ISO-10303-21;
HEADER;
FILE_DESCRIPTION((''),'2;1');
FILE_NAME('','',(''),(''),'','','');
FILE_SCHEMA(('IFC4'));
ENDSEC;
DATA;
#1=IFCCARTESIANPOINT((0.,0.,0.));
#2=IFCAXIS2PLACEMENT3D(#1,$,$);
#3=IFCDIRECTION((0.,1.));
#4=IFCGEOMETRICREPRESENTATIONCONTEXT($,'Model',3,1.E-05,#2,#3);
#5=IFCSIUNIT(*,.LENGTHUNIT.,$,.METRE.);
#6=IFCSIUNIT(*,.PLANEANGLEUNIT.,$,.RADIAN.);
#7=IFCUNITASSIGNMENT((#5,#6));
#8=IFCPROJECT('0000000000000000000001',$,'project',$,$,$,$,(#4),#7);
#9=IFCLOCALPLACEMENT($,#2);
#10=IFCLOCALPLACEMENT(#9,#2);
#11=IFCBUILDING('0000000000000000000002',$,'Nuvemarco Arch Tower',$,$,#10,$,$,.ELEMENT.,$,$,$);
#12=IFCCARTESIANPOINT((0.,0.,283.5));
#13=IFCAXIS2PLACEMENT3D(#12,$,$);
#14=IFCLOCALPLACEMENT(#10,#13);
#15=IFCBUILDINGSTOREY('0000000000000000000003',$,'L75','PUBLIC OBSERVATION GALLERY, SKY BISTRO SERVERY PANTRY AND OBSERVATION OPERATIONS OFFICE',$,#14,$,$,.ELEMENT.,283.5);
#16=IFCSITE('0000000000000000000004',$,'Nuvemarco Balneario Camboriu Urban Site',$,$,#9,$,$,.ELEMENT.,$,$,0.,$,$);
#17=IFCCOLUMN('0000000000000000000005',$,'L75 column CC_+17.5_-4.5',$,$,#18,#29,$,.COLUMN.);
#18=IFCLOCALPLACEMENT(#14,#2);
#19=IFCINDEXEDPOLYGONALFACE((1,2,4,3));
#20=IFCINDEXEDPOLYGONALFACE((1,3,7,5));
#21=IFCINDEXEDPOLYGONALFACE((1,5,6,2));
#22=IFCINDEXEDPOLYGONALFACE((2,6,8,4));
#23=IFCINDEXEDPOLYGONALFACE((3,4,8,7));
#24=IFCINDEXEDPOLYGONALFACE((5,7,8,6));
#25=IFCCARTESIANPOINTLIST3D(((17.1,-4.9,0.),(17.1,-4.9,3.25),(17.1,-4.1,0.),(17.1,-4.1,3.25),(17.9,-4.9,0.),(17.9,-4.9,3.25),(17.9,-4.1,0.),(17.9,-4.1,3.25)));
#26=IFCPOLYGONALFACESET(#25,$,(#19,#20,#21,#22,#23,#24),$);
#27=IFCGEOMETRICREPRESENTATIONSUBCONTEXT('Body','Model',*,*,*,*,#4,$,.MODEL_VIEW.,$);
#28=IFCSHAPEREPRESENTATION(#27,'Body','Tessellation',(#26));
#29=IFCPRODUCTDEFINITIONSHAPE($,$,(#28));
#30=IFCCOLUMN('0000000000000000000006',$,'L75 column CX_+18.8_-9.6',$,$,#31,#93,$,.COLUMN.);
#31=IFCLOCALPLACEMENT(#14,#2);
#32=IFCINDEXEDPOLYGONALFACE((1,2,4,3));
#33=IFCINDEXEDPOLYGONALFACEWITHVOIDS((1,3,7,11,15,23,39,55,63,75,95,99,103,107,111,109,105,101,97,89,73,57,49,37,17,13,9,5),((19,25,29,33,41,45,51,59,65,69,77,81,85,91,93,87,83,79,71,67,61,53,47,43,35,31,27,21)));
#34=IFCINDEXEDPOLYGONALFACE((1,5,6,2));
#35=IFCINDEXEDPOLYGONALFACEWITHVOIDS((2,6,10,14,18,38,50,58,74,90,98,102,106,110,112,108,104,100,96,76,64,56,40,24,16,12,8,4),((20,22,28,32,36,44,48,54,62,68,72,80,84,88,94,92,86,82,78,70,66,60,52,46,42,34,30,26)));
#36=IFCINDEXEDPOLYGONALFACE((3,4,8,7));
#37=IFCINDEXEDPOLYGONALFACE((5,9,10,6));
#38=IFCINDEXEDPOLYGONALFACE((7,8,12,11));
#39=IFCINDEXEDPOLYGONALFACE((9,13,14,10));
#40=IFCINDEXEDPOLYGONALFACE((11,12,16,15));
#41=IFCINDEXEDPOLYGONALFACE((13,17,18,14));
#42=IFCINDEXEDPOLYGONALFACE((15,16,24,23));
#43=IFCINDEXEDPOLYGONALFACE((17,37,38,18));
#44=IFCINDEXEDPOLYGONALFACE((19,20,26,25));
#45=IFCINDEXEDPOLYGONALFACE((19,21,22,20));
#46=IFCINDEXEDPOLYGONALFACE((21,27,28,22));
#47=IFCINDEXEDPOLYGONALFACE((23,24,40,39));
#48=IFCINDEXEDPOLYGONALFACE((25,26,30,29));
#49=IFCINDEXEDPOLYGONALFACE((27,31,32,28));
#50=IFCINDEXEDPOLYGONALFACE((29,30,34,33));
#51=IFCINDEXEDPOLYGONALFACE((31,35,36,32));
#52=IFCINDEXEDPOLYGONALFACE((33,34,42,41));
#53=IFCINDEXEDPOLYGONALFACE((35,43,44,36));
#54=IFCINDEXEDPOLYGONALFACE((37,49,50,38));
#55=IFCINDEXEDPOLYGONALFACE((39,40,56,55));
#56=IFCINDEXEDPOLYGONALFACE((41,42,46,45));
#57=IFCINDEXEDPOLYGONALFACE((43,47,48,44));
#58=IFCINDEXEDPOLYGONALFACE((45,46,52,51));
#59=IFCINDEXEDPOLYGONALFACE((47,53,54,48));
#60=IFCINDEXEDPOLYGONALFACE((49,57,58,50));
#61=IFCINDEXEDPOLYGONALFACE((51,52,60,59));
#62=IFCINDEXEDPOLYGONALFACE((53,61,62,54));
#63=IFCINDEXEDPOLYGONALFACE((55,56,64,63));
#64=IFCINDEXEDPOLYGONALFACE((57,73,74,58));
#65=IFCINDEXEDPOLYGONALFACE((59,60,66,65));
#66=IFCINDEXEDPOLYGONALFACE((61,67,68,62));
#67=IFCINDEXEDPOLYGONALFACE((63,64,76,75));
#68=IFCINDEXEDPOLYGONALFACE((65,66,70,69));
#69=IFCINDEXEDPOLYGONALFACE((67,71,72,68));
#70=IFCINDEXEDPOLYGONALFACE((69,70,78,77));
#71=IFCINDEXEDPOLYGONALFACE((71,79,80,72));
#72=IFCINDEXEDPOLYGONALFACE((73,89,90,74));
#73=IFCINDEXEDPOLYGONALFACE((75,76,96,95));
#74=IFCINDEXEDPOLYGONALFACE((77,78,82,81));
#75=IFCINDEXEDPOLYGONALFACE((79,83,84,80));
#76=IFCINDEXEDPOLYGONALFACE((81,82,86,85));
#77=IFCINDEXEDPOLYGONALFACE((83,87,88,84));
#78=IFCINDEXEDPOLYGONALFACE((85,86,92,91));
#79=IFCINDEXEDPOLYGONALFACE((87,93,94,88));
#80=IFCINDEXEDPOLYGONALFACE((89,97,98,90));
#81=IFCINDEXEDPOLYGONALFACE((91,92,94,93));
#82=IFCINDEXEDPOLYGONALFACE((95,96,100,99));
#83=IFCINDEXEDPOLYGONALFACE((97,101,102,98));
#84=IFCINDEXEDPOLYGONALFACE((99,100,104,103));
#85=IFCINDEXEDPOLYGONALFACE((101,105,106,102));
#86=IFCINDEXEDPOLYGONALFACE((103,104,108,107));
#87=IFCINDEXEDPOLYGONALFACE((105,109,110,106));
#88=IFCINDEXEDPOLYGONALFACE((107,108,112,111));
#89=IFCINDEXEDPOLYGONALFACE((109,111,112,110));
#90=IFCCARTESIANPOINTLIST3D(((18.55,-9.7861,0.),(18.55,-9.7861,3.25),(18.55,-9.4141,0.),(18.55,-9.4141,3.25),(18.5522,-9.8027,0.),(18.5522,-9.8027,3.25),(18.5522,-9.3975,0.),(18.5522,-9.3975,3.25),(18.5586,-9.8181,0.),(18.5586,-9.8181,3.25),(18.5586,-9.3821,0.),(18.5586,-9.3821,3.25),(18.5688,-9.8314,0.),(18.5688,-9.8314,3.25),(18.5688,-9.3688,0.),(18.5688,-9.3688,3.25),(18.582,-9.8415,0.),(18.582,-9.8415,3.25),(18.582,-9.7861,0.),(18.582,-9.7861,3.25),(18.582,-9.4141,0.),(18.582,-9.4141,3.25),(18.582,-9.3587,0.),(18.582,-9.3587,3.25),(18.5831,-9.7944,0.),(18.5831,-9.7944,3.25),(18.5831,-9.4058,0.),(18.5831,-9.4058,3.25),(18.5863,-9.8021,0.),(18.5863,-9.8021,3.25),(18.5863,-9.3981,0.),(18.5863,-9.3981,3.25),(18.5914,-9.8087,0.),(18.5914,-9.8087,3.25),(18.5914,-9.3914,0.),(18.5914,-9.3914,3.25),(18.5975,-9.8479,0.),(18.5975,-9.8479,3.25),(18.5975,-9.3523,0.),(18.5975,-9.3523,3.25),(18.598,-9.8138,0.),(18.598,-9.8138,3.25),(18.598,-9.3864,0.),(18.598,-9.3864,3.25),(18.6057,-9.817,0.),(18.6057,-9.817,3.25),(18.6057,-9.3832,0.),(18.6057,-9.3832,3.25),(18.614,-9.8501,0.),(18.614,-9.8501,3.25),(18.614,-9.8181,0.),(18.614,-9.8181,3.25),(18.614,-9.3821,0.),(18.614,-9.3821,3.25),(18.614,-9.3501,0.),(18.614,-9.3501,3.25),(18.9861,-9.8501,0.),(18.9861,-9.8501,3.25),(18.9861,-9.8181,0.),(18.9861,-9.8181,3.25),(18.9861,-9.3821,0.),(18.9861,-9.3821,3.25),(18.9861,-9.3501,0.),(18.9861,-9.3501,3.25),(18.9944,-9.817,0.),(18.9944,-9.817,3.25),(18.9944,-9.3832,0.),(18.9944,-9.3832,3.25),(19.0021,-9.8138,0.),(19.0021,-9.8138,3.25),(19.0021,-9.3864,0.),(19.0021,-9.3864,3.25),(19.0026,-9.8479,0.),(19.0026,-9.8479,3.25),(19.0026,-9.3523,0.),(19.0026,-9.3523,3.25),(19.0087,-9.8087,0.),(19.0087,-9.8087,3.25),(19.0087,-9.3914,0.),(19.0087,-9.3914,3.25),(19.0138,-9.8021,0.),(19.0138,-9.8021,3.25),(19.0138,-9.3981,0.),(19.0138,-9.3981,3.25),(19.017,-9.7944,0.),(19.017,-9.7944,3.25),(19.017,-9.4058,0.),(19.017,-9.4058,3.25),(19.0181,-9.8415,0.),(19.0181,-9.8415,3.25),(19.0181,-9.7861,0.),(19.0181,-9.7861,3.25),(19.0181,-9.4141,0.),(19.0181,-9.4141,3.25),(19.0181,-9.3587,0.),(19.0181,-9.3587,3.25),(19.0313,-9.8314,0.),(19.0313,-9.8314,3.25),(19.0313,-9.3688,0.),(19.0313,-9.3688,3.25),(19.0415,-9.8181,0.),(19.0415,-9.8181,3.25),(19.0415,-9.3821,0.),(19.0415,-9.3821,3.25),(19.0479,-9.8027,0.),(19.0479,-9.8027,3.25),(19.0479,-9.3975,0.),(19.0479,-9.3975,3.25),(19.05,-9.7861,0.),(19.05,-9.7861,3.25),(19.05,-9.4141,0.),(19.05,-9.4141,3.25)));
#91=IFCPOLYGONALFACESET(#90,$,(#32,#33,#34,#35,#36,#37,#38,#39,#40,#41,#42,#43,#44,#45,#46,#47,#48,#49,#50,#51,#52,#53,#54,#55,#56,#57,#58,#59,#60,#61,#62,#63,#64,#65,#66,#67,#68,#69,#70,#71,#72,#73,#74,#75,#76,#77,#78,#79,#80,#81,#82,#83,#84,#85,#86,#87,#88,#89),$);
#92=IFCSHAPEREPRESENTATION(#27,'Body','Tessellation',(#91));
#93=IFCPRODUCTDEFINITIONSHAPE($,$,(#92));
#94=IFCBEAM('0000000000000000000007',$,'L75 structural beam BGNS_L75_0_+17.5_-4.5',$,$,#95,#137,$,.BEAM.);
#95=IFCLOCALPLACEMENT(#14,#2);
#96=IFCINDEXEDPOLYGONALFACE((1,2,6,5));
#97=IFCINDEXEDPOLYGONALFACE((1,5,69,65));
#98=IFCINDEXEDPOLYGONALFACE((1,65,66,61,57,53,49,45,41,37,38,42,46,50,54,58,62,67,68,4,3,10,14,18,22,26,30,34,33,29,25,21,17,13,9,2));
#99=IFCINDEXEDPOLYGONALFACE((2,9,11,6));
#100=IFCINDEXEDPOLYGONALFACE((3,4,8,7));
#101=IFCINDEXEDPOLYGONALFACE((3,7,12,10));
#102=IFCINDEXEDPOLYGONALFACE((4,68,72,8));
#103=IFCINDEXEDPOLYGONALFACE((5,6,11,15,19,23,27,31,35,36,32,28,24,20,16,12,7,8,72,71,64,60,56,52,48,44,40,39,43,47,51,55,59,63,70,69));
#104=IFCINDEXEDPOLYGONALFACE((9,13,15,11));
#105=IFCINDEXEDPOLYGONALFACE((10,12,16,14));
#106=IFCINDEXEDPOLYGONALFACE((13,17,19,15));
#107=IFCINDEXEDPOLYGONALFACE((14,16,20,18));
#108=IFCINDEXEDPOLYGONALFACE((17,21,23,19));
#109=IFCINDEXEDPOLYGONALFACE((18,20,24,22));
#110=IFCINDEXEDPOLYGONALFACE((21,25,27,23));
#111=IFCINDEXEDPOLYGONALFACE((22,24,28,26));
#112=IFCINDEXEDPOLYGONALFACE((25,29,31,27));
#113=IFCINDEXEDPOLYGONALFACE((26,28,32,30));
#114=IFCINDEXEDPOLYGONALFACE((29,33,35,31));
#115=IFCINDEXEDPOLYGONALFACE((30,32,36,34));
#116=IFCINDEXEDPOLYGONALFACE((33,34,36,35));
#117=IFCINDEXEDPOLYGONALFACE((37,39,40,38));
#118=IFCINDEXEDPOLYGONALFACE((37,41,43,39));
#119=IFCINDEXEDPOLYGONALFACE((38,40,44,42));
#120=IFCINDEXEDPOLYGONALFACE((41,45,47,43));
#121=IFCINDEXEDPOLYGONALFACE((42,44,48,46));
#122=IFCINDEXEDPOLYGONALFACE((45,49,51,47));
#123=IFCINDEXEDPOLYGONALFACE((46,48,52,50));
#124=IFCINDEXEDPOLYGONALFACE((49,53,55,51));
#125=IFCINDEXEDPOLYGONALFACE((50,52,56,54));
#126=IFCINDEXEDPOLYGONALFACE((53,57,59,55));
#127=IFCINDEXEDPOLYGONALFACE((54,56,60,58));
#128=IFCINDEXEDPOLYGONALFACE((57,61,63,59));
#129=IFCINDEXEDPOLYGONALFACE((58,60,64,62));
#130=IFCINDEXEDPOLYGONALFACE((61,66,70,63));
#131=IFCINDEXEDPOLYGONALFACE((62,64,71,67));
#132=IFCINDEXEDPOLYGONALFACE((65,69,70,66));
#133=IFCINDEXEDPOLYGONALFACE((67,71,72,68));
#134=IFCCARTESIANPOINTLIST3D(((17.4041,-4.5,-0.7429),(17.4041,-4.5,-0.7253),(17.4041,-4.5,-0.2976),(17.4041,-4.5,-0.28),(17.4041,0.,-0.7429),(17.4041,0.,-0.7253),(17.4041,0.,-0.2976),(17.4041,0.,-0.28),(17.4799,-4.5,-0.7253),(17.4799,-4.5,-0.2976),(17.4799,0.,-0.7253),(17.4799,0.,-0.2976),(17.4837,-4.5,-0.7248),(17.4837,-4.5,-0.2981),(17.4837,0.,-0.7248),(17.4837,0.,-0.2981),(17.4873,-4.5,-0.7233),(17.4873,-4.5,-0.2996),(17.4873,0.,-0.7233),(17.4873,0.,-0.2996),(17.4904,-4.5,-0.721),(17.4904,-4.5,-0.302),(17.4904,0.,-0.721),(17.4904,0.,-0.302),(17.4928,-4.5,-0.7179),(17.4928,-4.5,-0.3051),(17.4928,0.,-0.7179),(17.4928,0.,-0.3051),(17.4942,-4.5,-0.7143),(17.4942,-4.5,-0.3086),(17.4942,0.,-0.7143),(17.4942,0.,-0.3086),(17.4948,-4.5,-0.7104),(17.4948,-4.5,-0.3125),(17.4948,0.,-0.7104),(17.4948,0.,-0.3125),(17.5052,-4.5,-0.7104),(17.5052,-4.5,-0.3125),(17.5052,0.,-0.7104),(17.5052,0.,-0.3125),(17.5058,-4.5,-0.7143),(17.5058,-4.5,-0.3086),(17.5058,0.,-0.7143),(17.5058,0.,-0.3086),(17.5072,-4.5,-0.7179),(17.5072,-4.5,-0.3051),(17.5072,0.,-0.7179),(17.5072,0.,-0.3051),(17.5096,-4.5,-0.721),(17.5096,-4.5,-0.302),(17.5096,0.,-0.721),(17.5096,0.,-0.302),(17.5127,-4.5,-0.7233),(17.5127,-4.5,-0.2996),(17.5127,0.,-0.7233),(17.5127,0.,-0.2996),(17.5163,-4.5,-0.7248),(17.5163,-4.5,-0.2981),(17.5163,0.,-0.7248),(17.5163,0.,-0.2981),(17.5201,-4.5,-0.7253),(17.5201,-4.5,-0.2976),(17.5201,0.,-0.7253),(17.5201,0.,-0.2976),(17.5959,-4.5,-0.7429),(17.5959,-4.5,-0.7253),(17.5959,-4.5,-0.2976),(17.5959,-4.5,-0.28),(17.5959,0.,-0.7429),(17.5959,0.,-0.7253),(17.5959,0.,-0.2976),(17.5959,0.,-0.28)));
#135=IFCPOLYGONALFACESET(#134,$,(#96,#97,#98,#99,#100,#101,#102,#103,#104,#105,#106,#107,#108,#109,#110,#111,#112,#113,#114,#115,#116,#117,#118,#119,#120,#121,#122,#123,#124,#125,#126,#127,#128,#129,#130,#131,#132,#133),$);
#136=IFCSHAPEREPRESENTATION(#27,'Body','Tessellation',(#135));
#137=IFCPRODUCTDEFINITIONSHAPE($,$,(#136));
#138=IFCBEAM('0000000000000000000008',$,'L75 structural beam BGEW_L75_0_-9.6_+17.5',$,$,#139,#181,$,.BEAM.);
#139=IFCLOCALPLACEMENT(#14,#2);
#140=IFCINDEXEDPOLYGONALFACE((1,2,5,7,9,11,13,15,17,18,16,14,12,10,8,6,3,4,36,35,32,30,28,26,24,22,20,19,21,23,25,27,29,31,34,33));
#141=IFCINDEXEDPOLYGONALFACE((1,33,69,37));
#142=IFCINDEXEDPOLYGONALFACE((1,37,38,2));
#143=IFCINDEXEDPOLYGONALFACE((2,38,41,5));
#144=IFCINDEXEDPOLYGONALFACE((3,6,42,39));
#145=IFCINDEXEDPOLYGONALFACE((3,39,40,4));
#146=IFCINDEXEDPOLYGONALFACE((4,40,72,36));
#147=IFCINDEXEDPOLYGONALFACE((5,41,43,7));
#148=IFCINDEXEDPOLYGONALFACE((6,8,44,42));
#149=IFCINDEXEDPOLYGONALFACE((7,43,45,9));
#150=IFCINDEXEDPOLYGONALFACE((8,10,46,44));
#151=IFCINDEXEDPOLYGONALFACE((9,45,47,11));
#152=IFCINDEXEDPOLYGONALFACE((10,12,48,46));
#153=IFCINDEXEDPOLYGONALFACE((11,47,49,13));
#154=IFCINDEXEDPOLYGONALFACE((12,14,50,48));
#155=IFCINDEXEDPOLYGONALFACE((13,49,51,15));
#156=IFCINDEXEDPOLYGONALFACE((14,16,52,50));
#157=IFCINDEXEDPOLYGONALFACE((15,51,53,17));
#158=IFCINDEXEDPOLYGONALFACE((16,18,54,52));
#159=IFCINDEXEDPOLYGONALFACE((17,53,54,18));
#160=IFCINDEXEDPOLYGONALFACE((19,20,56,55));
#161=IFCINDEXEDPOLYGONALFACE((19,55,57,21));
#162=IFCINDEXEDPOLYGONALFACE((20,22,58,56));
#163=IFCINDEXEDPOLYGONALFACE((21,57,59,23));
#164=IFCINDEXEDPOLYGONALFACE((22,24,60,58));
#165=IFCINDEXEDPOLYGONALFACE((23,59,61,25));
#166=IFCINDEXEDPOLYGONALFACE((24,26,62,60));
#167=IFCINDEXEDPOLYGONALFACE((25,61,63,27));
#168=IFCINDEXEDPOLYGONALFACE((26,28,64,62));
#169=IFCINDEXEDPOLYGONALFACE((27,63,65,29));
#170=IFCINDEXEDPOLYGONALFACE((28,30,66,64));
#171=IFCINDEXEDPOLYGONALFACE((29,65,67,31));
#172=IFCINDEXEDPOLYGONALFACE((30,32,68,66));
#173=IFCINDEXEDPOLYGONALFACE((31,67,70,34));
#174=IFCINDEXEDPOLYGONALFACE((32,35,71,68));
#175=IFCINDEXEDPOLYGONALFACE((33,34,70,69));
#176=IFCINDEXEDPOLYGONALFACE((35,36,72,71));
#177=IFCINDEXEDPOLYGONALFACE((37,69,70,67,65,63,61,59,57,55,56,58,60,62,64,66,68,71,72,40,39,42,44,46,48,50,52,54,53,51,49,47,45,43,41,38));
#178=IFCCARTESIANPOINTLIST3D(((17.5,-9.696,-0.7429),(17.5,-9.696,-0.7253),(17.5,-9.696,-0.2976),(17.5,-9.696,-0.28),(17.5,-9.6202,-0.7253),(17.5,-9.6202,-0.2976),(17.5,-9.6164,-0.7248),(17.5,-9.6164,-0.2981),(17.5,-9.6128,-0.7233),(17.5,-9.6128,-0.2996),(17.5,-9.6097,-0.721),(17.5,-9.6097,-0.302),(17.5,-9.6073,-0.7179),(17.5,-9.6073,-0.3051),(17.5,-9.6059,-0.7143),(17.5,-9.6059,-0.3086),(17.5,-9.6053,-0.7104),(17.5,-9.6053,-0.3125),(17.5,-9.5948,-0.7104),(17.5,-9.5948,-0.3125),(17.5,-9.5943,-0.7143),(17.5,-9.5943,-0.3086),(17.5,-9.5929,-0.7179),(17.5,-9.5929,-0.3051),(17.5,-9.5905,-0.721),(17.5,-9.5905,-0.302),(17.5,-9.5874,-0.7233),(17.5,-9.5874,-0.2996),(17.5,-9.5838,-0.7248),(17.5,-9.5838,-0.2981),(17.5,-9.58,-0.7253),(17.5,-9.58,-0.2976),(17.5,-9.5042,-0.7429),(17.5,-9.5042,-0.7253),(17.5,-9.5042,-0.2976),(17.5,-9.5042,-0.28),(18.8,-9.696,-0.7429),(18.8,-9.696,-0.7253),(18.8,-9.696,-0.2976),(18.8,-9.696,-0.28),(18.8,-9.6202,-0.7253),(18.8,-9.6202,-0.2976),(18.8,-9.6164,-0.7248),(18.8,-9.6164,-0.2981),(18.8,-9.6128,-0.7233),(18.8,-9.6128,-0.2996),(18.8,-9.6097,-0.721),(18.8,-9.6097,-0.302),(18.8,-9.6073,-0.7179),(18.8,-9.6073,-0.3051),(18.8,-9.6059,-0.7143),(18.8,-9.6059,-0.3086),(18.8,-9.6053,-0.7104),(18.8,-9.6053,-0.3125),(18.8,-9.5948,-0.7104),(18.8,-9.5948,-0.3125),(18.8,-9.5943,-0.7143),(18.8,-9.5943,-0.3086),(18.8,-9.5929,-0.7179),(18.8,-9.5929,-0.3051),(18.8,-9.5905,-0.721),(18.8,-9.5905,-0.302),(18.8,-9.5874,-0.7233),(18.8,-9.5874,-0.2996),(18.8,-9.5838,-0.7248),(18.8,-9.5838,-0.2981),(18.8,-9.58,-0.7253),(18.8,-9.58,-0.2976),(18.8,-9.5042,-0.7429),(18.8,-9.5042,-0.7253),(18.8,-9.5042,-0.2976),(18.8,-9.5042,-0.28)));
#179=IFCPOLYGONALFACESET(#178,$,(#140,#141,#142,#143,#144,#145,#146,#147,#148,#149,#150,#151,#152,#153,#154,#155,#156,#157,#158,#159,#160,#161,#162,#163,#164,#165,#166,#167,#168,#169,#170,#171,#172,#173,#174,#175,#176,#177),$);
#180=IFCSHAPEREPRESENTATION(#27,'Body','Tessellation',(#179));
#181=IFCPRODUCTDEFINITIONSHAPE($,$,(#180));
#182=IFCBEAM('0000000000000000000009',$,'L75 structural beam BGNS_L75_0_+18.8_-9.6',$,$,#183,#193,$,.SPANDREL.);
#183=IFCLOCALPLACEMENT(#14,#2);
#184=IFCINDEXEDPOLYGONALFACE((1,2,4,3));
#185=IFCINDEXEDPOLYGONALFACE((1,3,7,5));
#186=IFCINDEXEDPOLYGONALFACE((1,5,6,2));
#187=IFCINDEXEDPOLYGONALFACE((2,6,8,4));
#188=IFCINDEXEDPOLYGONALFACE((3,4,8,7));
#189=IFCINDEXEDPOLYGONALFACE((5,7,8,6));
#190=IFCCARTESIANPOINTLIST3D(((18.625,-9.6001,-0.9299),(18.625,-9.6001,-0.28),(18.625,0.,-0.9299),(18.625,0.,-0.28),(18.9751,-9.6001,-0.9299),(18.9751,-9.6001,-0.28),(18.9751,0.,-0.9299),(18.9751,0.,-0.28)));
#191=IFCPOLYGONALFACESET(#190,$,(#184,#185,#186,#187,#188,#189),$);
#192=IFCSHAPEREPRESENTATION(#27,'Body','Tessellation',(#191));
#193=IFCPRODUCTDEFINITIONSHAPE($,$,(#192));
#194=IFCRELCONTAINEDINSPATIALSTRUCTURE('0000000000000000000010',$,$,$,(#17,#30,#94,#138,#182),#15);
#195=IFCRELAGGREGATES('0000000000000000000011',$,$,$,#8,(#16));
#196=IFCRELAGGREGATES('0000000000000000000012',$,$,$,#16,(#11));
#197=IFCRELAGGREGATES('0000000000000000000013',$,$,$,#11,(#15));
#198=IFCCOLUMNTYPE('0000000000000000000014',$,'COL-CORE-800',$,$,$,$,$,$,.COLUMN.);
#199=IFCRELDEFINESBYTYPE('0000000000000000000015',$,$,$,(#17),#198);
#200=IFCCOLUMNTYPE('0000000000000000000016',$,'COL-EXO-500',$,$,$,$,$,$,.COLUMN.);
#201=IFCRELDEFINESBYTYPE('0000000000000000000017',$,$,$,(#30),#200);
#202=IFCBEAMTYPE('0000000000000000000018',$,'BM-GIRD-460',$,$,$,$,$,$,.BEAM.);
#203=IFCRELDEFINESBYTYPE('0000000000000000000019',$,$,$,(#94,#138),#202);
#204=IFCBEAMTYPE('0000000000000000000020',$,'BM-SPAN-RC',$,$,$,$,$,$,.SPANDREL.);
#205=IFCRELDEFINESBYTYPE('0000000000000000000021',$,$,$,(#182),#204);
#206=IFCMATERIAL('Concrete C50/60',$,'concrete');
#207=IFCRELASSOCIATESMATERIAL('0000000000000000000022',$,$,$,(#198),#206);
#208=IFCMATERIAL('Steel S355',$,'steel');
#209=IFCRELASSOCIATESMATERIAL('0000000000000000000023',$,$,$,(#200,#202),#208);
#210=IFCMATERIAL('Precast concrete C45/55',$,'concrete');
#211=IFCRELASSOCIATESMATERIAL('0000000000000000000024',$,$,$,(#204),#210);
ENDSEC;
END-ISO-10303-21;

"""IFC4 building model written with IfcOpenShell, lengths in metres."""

from ifc_helpers import new_model, si_unit, direction, frame, origin, origin_2d, place, context, subcontext, project, spatial, rectangle, hollow_rectangle, i_section, extrude, material, material_profile, profile_set, type_object, element, save


model = new_model("IFC4")

# Units and contexts
model_context = context("Model", 3, precision=1e-05, world=origin(), true_north=direction((0.0, 1.0)))
body_context = subcontext(model_context, "Body", "Model", "MODEL_VIEW")
ifc_project = project(units=[si_unit("LENGTHUNIT", "METRE"), si_unit("PLANEANGLEUNIT", "RADIAN")], contexts=[model_context])

# Site, building, storey
site_placement = place(None, origin())
site = spatial("IfcSite", under=ifc_project, at=site_placement, Name="Nuvemarco Balneario Camboriu Urban Site", CompositionType="ELEMENT", RefElevation=0.0)
building_placement = place(site_placement, origin())
building = spatial("IfcBuilding", under=site, at=building_placement, Name="Nuvemarco Arch Tower", CompositionType="ELEMENT")
storey_placement = place(building_placement, frame((0.0, 0.0, 283.5)))
storey = spatial("IfcBuildingStorey", under=building, at=storey_placement, Name="L75", Description="PUBLIC OBSERVATION GALLERY, SKY BISTRO SERVERY PANTRY AND OBSERVATION OPERATIONS OFFICE", CompositionType="ELEMENT", Elevation=283.5)

# Columns
ifc_material_1 = material(Name="Concrete C50/60", Category="concrete")
ifc_material_profile_1 = material_profile(ifc_material_1, rectangle(XDim=0.8, YDim=0.8, at=origin_2d()), Name="RC-COL-800x800")
ifc_profile_set_1 = profile_set([ifc_material_profile_1], Name="Concrete C50/60")
column_type_1 = type_object("IfcColumnType", Name="COL-CORE-800", PredefinedType="COLUMN", material=ifc_profile_set_1)
column_1_placement = place(storey_placement, frame((17.5, -4.5, 0.0), z_axis=(0.0, 0.0, 1.0), x_axis=(1.0, 0.0, 0.0)))
element("IfcColumn", 1, at=column_1_placement, inside=storey, type_object=column_type_1, Name="L75 column CC_+17.5_-4.5", PredefinedType="COLUMN", context=body_context, shape_type="SweptSolid", body=[
    extrude(rectangle(XDim=0.8, YDim=0.8, at=origin_2d()), origin(), (0.0, 0.0, 1.0), 3.25),
])
ifc_material_2 = material(Name="Steel S355", Category="steel")
ifc_material_profile_2 = material_profile(ifc_material_2, hollow_rectangle(XDim=0.5, YDim=0.5, WallThickness=0.032, InnerFilletRadius=0.032, OuterFilletRadius=0.064, at=origin_2d()), Name="SHS500x500x32")
ifc_profile_set_2 = profile_set([ifc_material_profile_2], Name="Steel S355")
column_type_2 = type_object("IfcColumnType", Name="COL-EXO-500", PredefinedType="COLUMN", material=ifc_profile_set_2)
column_2_placement = place(storey_placement, frame((18.8, -9.6001, 0.0), z_axis=(0.0, 0.0, 1.0), x_axis=(1.0, 0.0, 0.0)))
element("IfcColumn", 2, at=column_2_placement, inside=storey, type_object=column_type_2, Name="L75 column CX_+18.8_-9.6", PredefinedType="COLUMN", context=body_context, shape_type="SweptSolid", body=[
    extrude(hollow_rectangle(XDim=0.5, YDim=0.5, WallThickness=0.032, InnerFilletRadius=0.032, OuterFilletRadius=0.064, at=origin_2d()), origin(), (0.0, 0.0, 1.0), 3.25),
])

# Beams
ifc_material_profile_3 = material_profile(ifc_material_2, i_section(OverallWidth=0.1919, OverallDepth=0.4629, WebThickness=0.0105, FlangeThickness=0.0176, FilletRadius=0.0149, at=origin_2d()), Name="W460x89")
ifc_profile_set_3 = profile_set([ifc_material_profile_3], Name="Steel S355")
beam_type_1 = type_object("IfcBeamType", Name="BM-GIRD-460", PredefinedType="BEAM", material=ifc_profile_set_3)
beam_1_placement = place(storey_placement, frame((17.5, -4.5, -0.5115), z_axis=(0.0, 1.0, 0.0), x_axis=(-1.0, 0.0, 0.0)))
element("IfcBeam", 3, at=beam_1_placement, inside=storey, type_object=beam_type_1, Name="L75 structural beam BGNS_L75_0_+17.5_-4.5", PredefinedType="BEAM", context=body_context, shape_type="SweptSolid", body=[
    extrude(i_section(OverallWidth=0.1919, OverallDepth=0.4629, WebThickness=0.0105, FlangeThickness=0.0176, FilletRadius=0.0149, at=origin_2d()), origin(), (0.0, 0.0, 1.0), 4.5),
])
beam_2_placement = place(storey_placement, frame((17.5, -9.6001, -0.5115), z_axis=(1.0, 0.0, 0.0), x_axis=(0.0, 1.0, 0.0)))
element("IfcBeam", 4, at=beam_2_placement, inside=storey, type_object=beam_type_1, Name="L75 structural beam BGEW_L75_0_-9.6_+17.5", PredefinedType="BEAM", context=body_context, shape_type="SweptSolid", body=[
    extrude(i_section(OverallWidth=0.1919, OverallDepth=0.4629, WebThickness=0.0105, FlangeThickness=0.0176, FilletRadius=0.0149, at=origin_2d()), origin(), (0.0, 0.0, 1.0), 1.3),
])
ifc_material_3 = material(Name="Precast concrete C45/55", Category="concrete")
ifc_material_profile_4 = material_profile(ifc_material_3, rectangle(XDim=0.3501, YDim=0.6499, at=origin_2d()), Name="PC-SP-350x650")
ifc_profile_set_4 = profile_set([ifc_material_profile_4], Name="Precast concrete C45/55")
beam_type_2 = type_object("IfcBeamType", Name="BM-SPAN-RC", PredefinedType="SPANDREL", material=ifc_profile_set_4)
beam_3_placement = place(storey_placement, frame((18.8, -9.6001, -0.605), z_axis=(0.0, 1.0, 0.0), x_axis=(-1.0, 0.0, 0.0)))
element("IfcBeam", 5, at=beam_3_placement, inside=storey, type_object=beam_type_2, Name="L75 structural beam BGNS_L75_0_+18.8_-9.6", PredefinedType="SPANDREL", context=body_context, shape_type="SweptSolid", body=[
    extrude(rectangle(XDim=0.3501, YDim=0.6499, at=origin_2d()), origin(), (0.0, 0.0, 1.0), 9.6001),
])

save(model, "model.ifc")
